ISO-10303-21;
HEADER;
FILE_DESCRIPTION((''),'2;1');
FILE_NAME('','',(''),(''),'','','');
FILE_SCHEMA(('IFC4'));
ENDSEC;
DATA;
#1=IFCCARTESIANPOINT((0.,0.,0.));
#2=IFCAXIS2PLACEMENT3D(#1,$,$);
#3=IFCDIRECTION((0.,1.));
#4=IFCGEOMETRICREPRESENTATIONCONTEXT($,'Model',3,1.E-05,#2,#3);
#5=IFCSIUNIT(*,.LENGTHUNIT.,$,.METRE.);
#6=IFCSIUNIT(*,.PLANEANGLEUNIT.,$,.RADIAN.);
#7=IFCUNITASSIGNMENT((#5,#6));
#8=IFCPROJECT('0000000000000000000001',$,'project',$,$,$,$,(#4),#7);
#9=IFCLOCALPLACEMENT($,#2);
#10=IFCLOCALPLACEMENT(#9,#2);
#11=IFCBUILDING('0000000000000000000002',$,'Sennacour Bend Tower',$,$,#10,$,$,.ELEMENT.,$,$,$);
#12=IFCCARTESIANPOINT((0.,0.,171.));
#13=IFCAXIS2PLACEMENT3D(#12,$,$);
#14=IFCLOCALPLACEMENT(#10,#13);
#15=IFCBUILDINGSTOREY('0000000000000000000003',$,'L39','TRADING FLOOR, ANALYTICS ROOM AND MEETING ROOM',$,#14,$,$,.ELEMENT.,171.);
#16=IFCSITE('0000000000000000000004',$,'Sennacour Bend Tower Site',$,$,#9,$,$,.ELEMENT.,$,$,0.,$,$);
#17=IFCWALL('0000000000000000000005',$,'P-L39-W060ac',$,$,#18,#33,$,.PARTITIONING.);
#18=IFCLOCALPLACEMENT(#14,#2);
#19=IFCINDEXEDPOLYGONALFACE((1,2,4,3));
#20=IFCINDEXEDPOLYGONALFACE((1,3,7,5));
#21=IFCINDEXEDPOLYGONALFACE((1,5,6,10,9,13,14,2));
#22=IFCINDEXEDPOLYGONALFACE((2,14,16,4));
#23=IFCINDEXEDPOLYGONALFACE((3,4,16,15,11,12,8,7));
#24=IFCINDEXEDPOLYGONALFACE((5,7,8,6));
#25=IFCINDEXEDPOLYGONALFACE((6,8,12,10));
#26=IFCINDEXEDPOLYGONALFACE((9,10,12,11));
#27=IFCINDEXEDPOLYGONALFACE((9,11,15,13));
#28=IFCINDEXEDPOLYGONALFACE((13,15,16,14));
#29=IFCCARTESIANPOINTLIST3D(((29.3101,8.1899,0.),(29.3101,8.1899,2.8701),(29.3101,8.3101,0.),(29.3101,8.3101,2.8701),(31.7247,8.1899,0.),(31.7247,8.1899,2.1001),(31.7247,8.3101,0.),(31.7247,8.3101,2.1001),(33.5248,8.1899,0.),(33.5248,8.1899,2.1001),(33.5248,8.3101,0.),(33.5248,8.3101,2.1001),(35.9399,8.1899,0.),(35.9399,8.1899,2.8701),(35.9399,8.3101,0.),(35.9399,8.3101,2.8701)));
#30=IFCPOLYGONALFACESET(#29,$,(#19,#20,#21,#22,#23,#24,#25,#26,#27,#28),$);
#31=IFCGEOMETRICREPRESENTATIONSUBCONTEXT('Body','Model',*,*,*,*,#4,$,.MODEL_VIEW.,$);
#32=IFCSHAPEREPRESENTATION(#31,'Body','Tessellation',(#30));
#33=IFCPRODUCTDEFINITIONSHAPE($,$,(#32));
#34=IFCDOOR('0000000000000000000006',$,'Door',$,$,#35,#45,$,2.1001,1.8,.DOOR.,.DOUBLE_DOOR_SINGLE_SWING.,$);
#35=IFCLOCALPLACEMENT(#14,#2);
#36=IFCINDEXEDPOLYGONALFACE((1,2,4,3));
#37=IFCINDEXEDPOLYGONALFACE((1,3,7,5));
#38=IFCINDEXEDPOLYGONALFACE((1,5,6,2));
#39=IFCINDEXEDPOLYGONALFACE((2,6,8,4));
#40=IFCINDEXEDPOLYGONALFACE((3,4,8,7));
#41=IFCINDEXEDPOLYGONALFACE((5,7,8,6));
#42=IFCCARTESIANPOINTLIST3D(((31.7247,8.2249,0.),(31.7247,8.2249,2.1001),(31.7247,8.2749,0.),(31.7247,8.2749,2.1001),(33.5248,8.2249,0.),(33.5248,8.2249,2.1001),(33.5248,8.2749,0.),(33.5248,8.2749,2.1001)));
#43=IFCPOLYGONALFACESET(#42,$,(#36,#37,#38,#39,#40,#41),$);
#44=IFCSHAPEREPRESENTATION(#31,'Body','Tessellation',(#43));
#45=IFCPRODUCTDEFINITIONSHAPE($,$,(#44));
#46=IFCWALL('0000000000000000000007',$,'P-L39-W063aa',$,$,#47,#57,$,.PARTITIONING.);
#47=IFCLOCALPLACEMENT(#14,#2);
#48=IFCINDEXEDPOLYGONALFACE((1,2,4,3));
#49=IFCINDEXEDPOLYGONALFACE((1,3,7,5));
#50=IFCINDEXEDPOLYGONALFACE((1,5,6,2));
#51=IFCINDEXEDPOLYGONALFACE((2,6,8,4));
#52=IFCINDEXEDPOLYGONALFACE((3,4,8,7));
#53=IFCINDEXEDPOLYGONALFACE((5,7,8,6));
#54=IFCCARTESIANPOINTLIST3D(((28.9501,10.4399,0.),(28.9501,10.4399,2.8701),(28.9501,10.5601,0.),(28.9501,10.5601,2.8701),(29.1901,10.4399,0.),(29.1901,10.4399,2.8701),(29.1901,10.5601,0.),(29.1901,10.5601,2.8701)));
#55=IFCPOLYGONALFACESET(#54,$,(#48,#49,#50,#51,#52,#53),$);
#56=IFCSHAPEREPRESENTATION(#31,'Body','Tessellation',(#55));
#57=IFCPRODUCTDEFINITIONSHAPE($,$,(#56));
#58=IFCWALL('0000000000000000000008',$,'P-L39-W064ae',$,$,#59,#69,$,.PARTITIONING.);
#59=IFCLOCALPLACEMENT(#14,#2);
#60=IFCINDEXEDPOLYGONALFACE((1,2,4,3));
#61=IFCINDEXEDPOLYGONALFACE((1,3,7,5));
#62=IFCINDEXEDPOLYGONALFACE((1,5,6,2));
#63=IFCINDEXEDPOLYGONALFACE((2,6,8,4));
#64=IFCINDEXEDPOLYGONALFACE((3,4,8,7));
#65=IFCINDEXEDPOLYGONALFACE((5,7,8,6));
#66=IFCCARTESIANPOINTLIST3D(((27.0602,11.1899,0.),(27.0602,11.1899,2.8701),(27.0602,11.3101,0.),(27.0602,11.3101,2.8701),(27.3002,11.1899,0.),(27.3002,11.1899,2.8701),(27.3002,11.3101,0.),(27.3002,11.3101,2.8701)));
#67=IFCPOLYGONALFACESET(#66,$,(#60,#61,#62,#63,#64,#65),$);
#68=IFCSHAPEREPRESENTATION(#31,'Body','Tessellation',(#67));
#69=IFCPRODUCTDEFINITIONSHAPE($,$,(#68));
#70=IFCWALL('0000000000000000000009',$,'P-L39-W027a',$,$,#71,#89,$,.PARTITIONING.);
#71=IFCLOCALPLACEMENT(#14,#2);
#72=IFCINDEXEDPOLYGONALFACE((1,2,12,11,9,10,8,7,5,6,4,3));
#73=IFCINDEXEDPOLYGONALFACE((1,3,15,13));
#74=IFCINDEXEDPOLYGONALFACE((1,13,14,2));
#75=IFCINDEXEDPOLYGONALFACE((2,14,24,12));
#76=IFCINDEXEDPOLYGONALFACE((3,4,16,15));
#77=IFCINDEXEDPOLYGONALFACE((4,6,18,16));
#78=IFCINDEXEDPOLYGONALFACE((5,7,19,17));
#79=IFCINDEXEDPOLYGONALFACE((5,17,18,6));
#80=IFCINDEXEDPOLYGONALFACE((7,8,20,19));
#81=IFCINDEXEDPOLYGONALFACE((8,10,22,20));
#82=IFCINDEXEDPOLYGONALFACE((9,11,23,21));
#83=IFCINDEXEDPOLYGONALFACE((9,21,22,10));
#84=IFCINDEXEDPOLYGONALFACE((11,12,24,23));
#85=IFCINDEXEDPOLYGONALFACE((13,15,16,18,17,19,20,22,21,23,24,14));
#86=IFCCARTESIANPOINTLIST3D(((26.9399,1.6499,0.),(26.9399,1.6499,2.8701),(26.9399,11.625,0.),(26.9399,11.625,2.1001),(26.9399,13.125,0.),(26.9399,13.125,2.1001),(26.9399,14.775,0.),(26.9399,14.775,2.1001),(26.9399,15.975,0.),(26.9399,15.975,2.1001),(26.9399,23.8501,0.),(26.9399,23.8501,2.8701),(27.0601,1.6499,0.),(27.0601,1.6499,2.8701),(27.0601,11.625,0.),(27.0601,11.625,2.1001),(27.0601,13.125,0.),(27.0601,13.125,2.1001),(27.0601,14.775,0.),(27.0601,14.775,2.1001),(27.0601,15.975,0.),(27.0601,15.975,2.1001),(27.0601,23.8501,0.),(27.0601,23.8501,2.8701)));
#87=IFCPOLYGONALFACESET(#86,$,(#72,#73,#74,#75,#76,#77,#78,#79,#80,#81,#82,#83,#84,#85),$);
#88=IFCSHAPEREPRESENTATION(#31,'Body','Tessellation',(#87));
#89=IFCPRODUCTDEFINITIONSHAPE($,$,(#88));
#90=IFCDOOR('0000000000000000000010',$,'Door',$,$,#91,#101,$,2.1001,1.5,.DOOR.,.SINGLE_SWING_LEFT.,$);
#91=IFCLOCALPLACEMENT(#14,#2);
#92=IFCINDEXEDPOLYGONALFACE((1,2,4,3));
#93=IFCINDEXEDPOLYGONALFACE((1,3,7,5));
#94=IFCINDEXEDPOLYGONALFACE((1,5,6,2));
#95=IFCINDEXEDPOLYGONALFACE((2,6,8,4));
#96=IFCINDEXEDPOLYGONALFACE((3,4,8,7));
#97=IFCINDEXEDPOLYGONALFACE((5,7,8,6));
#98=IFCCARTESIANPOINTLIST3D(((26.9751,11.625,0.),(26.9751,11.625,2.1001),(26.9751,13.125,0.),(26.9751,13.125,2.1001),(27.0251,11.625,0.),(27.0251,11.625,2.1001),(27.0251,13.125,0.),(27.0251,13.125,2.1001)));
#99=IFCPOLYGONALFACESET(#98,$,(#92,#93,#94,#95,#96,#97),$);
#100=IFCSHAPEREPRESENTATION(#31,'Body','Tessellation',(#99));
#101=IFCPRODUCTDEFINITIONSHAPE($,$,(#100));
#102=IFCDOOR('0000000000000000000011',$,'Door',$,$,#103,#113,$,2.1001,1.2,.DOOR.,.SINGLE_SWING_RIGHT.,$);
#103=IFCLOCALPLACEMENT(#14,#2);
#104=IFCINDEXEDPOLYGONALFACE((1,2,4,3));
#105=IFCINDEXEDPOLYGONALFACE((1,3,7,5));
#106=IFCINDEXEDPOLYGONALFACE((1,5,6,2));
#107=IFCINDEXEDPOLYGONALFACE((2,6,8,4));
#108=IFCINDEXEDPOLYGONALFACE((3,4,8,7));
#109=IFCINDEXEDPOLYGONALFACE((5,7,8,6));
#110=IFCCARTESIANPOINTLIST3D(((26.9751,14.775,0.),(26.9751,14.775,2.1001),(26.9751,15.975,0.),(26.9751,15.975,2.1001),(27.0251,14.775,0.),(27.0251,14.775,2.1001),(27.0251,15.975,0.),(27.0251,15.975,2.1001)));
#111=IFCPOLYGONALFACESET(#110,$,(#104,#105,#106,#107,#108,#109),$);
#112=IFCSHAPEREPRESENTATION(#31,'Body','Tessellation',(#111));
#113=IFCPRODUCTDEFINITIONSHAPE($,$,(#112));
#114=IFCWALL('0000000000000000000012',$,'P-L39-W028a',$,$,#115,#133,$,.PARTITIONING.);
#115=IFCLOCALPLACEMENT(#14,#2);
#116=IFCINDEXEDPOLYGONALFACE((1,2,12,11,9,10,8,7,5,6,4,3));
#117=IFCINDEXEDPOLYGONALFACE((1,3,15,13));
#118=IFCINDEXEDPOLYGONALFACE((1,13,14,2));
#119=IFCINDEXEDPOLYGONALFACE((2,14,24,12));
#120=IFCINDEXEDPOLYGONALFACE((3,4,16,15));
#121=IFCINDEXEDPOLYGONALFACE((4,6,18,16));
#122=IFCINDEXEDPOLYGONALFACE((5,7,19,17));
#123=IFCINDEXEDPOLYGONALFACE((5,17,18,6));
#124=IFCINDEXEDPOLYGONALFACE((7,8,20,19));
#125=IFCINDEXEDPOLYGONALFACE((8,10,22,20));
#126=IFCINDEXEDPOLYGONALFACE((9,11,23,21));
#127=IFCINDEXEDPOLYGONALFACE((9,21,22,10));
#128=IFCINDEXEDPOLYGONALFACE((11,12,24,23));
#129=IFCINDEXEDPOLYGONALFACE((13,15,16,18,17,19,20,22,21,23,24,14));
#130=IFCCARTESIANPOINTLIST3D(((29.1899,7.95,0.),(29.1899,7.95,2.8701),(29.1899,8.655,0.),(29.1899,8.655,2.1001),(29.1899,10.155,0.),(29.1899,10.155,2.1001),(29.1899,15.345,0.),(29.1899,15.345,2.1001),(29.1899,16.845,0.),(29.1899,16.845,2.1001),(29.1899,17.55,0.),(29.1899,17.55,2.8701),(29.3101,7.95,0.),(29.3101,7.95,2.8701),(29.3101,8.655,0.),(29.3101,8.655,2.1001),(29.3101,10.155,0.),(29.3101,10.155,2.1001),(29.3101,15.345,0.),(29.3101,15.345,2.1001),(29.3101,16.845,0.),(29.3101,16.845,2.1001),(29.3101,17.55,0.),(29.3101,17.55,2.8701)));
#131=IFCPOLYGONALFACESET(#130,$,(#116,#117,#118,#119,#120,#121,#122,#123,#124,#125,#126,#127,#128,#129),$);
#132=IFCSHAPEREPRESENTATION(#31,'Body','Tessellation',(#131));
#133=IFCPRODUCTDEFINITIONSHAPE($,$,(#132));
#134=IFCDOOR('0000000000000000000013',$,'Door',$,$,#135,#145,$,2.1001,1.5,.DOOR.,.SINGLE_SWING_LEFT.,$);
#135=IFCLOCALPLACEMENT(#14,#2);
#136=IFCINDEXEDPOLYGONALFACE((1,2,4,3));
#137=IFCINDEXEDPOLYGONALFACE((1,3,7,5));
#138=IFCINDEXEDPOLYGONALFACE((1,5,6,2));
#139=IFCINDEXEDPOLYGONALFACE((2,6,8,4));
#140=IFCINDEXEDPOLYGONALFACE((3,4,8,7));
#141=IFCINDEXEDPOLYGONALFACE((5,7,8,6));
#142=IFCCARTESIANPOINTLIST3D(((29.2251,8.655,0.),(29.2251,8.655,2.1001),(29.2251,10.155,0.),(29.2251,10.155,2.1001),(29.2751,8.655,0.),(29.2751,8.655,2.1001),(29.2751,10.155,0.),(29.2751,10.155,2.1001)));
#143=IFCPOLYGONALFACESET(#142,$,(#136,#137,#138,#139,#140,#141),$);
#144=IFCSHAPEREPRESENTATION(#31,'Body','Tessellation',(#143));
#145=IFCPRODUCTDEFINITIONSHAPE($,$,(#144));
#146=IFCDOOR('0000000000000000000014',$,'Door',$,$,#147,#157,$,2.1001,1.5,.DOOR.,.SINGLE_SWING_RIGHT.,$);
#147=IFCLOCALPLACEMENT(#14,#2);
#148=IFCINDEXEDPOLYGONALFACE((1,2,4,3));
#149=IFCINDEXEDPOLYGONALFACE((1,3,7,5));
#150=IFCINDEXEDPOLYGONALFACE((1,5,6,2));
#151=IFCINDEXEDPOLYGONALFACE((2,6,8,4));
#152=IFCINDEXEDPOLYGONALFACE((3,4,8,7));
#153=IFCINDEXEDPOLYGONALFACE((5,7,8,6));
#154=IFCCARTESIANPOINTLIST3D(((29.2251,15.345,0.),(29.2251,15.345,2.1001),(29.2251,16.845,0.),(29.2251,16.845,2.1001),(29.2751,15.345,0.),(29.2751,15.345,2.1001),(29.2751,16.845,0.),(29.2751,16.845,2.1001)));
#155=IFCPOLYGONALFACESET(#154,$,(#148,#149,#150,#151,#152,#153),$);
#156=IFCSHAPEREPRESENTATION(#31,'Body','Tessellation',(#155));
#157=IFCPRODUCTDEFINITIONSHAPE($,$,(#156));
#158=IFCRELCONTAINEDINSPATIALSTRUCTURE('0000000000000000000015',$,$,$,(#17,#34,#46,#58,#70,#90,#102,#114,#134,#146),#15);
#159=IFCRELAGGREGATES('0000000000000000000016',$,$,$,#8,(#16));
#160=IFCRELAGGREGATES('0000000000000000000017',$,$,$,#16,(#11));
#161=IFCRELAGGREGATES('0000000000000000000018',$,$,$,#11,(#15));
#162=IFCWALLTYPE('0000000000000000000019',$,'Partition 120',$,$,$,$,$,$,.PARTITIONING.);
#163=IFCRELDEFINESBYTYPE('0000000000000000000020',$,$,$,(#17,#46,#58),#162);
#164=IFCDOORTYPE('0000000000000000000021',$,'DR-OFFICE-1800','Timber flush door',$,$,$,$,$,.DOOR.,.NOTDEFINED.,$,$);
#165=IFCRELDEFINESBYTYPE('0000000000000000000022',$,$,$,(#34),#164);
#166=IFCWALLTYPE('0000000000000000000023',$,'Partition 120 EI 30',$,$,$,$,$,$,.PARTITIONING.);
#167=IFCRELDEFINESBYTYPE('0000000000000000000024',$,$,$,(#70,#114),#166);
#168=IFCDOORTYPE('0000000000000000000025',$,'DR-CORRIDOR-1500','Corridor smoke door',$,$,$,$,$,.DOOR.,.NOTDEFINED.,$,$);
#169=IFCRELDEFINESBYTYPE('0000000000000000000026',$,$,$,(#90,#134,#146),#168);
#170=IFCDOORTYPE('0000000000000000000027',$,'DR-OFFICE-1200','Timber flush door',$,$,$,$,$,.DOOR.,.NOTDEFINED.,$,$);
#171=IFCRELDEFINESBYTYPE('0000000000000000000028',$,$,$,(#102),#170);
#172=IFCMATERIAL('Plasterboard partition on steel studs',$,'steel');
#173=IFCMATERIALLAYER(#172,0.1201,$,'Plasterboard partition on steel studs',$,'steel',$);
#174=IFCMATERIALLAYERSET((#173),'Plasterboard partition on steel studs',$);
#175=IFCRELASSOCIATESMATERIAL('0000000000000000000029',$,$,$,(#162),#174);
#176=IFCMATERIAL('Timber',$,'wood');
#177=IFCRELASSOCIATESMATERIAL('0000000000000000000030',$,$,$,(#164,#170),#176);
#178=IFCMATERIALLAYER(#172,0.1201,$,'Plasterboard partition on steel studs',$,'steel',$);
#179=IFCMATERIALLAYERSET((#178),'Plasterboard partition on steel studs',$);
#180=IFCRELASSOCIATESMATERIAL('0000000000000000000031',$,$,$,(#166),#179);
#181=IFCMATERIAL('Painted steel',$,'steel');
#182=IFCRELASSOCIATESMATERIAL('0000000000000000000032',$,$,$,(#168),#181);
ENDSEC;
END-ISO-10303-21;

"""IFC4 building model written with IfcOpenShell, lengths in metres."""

from ifc_helpers import new_model, si_unit, direction, frame, frame_2d, origin, place, context, subcontext, project, spatial, rectangle, extrude, material, layer, layer_set, type_object, element, fill, save


model = new_model("IFC4")

# Units and contexts
model_context = context("Model", 3, precision=1e-05, world=origin(), true_north=direction((0.0, 1.0)))
body_context = subcontext(model_context, "Body", "Model", "MODEL_VIEW")
ifc_project = project(units=[si_unit("LENGTHUNIT", "METRE"), si_unit("PLANEANGLEUNIT", "RADIAN")], contexts=[model_context])

# Site, building, storey
site_placement = place(None, origin())
site = spatial("IfcSite", under=ifc_project, at=site_placement, Name="Sennacour Bend Tower Site", CompositionType="ELEMENT", RefElevation=0.0)
building_placement = place(site_placement, origin())
building = spatial("IfcBuilding", under=site, at=building_placement, Name="Sennacour Bend Tower", CompositionType="ELEMENT")
storey_placement = place(building_placement, frame((0.0, 0.0, 171.0)))
storey = spatial("IfcBuildingStorey", under=building, at=storey_placement, Name="L39", Description="TRADING FLOOR, ANALYTICS ROOM AND MEETING ROOM", CompositionType="ELEMENT", Elevation=171.0)

# Shared definitions
ifc_material_1 = material(Name="Plasterboard partition on steel studs", Category="steel")
ifc_layer_1 = layer(ifc_material_1, 0.1201, Name="Plasterboard partition on steel studs", Category="steel")
ifc_layer_set_1 = layer_set([ifc_layer_1], Name="Plasterboard partition on steel studs")
wall_type_1 = type_object("IfcWallType", Name="Partition 120", PredefinedType="PARTITIONING", material=ifc_layer_set_1)

# Wall, opening, door
wall_1_placement = place(storey_placement, frame((29.3101, 8.25, 0.0), z_axis=(0.0, 0.0, 1.0), x_axis=(1.0, 0.0, 0.0)))
wall_1 = element("IfcWall", 1, at=wall_1_placement, inside=storey, type_object=wall_type_1, Name="P-L39-W060ac", PredefinedType="PARTITIONING", context=body_context, shape_type="SweptSolid", body=[
    extrude(rectangle(XDim=6.6299, YDim=0.1201, at=frame_2d((3.3149, 0.0))), origin(), (0.0, 0.0, 1.0), 2.8701),
])
opening_1_placement = place(wall_1_placement, frame((2.4148, 0.0, 0.0)))
opening_1 = element("IfcOpeningElement", 2, at=opening_1_placement, cuts=wall_1, PredefinedType="OPENING", context=body_context, shape_type="SweptSolid", body=[
    extrude(rectangle(XDim=1.8, YDim=2.1001, at=frame_2d((0.8999, 1.05))), frame((0.0, 0.0701, 0.0), z_axis=(0.0, -1.0, 0.0), x_axis=(1.0, 0.0, 0.0)), (0.0, 0.0, 1.0), 0.1401),
])
ifc_material_2 = material(Name="Timber", Category="wood")
door_type_1 = type_object("IfcDoorType", Name="DR-OFFICE-1800", Description="Timber flush door", OperationType="NOTDEFINED", PredefinedType="DOOR", material=ifc_material_2)
door_1_placement = place(opening_1_placement, origin())
door_1 = element("IfcDoor", 3, at=door_1_placement, inside=storey, type_object=door_type_1, Name="Door", OperationType="DOUBLE_DOOR_SINGLE_SWING", OverallHeight=2.1001, OverallWidth=1.8, PredefinedType="DOOR", context=body_context, shape_type="SweptSolid", body=[
    extrude(rectangle(XDim=1.8, YDim=2.1001, at=frame_2d((0.8999, 1.05))), frame((0.0, 0.0249, 0.0), z_axis=(0.0, -1.0, 0.0), x_axis=(1.0, 0.0, 0.0)), (0.0, 0.0, 1.0), 0.05),
])
fill(opening_1, door_1)

# Walls
for number, where, z_axis, x_axis, name in (
    (4, (28.95, 10.5, 0.0), (0.0, 0.0, 1.0), (1.0, 0.0, 0.0), "P-L39-W063aa"),
    (5, (27.0601, 11.25, 0.0), (0.0, 0.0, 1.0), (1.0, 0.0, 0.0), "P-L39-W064ae"),
):
    element("IfcWall", number, at=place(storey_placement, frame(where, z_axis=z_axis, x_axis=x_axis)), inside=storey, type_object=wall_type_1, Name=name, PredefinedType="PARTITIONING", context=body_context, shape_type="SweptSolid", body=[
        extrude(rectangle(XDim=0.24, YDim=0.1201, at=frame_2d((0.1201, 0.0))), origin(), (0.0, 0.0, 1.0), 2.8701),
    ])

# Walls, openings, doors
ifc_layer_2 = layer(ifc_material_1, 0.1201, Name="Plasterboard partition on steel studs", Category="steel")
ifc_layer_set_2 = layer_set([ifc_layer_2], Name="Plasterboard partition on steel studs")
wall_type_2 = type_object("IfcWallType", Name="Partition 120 EI 30", PredefinedType="PARTITIONING", material=ifc_layer_set_2)
wall_2_placement = place(storey_placement, frame((27.0, 1.6499, 0.0), z_axis=(0.0, 0.0, 1.0), x_axis=(0.0, 1.0, 0.0)))
wall_2 = element("IfcWall", 6, at=wall_2_placement, inside=storey, type_object=wall_type_2, Name="P-L39-W027a", PredefinedType="PARTITIONING", context=body_context, shape_type="SweptSolid", body=[
    extrude(rectangle(XDim=22.2002, YDim=0.1201, at=frame_2d((11.1001, 0.0))), origin(), (0.0, 0.0, 1.0), 2.8701),
])
opening_2_placement = place(wall_2_placement, frame((9.9751, 0.0, 0.0)))
opening_2 = element("IfcOpeningElement", 7, at=opening_2_placement, cuts=wall_2, PredefinedType="OPENING", context=body_context, shape_type="SweptSolid", body=[
    extrude(rectangle(XDim=1.5, YDim=2.1001, at=frame_2d((0.75, 1.05))), frame((0.0, 0.0701, 0.0), z_axis=(0.0, -1.0, 0.0), x_axis=(1.0, 0.0, 0.0)), (0.0, 0.0, 1.0), 0.1401),
])
opening_3_placement = place(wall_2_placement, frame((13.125, 0.0, 0.0)))
opening_3 = element("IfcOpeningElement", 8, at=opening_3_placement, cuts=wall_2, PredefinedType="OPENING", context=body_context, shape_type="SweptSolid", body=[
    extrude(rectangle(XDim=1.2, YDim=2.1001, at=frame_2d((0.6001, 1.05))), frame((0.0, 0.0701, 0.0), z_axis=(0.0, -1.0, 0.0), x_axis=(1.0, 0.0, 0.0)), (0.0, 0.0, 1.0), 0.1401),
])
ifc_material_3 = material(Name="Painted steel", Category="steel")
door_type_2 = type_object("IfcDoorType", Name="DR-CORRIDOR-1500", Description="Corridor smoke door", OperationType="NOTDEFINED", PredefinedType="DOOR", material=ifc_material_3)
door_2_placement = place(opening_2_placement, origin())
door_2 = element("IfcDoor", 9, at=door_2_placement, inside=storey, type_object=door_type_2, Name="Door", OperationType="SINGLE_SWING_LEFT", OverallHeight=2.1001, OverallWidth=1.5, PredefinedType="DOOR", context=body_context, shape_type="SweptSolid", body=[
    extrude(rectangle(XDim=1.5, YDim=2.1001, at=frame_2d((0.75, 1.05))), frame((0.0, 0.0249, 0.0), z_axis=(0.0, -1.0, 0.0), x_axis=(1.0, 0.0, 0.0)), (0.0, 0.0, 1.0), 0.05),
])
fill(opening_2, door_2)
door_type_3 = type_object("IfcDoorType", Name="DR-OFFICE-1200", Description="Timber flush door", OperationType="NOTDEFINED", PredefinedType="DOOR", material=ifc_material_2)
door_3_placement = place(opening_3_placement, origin())
door_3 = element("IfcDoor", 10, at=door_3_placement, inside=storey, type_object=door_type_3, Name="Door", OperationType="SINGLE_SWING_RIGHT", OverallHeight=2.1001, OverallWidth=1.2, PredefinedType="DOOR", context=body_context, shape_type="SweptSolid", body=[
    extrude(rectangle(XDim=1.2, YDim=2.1001, at=frame_2d((0.6001, 1.05))), frame((0.0, 0.0249, 0.0), z_axis=(0.0, -1.0, 0.0), x_axis=(1.0, 0.0, 0.0)), (0.0, 0.0, 1.0), 0.05),
])
fill(opening_3, door_3)
wall_3_placement = place(storey_placement, frame((29.25, 7.95, 0.0), z_axis=(0.0, 0.0, 1.0), x_axis=(0.0, 1.0, 0.0)))
wall_3 = element("IfcWall", 11, at=wall_3_placement, inside=storey, type_object=wall_type_2, Name="P-L39-W028a", PredefinedType="PARTITIONING", context=body_context, shape_type="SweptSolid", body=[
    extrude(rectangle(XDim=9.6001, YDim=0.1201, at=frame_2d((4.8, 0.0))), origin(), (0.0, 0.0, 1.0), 2.8701),
])
opening_4_placement = place(wall_3_placement, frame((0.7051, 0.0, 0.0)))
opening_4 = element("IfcOpeningElement", 12, at=opening_4_placement, cuts=wall_3, PredefinedType="OPENING", context=body_context, shape_type="SweptSolid", body=[
    extrude(rectangle(XDim=1.5, YDim=2.1001, at=frame_2d((0.75, 1.05))), frame((0.0, 0.0701, 0.0), z_axis=(0.0, -1.0, 0.0), x_axis=(1.0, 0.0, 0.0)), (0.0, 0.0, 1.0), 0.1401),
])
opening_5_placement = place(wall_3_placement, frame((7.395, 0.0, 0.0)))
opening_5 = element("IfcOpeningElement", 13, at=opening_5_placement, cuts=wall_3, PredefinedType="OPENING", context=body_context, shape_type="SweptSolid", body=[
    extrude(rectangle(XDim=1.5, YDim=2.1001, at=frame_2d((0.75, 1.05))), frame((0.0, 0.0701, 0.0), z_axis=(0.0, -1.0, 0.0), x_axis=(1.0, 0.0, 0.0)), (0.0, 0.0, 1.0), 0.1401),
])
door_4_placement = place(opening_4_placement, origin())
door_4 = element("IfcDoor", 14, at=door_4_placement, inside=storey, type_object=door_type_2, Name="Door", OperationType="SINGLE_SWING_LEFT", OverallHeight=2.1001, OverallWidth=1.5, PredefinedType="DOOR", context=body_context, shape_type="SweptSolid", body=[
    extrude(rectangle(XDim=1.5, YDim=2.1001, at=frame_2d((0.75, 1.05))), frame((0.0, 0.0249, 0.0), z_axis=(0.0, -1.0, 0.0), x_axis=(1.0, 0.0, 0.0)), (0.0, 0.0, 1.0), 0.05),
])
fill(opening_4, door_4)
door_5_placement = place(opening_5_placement, origin())
door_5 = element("IfcDoor", 15, at=door_5_placement, inside=storey, type_object=door_type_2, Name="Door", OperationType="SINGLE_SWING_RIGHT", OverallHeight=2.1001, OverallWidth=1.5, PredefinedType="DOOR", context=body_context, shape_type="SweptSolid", body=[
    extrude(rectangle(XDim=1.5, YDim=2.1001, at=frame_2d((0.75, 1.05))), frame((0.0, 0.0249, 0.0), z_axis=(0.0, -1.0, 0.0), x_axis=(1.0, 0.0, 0.0)), (0.0, 0.0, 1.0), 0.05),
])
fill(opening_5, door_5)

save(model, "model.ifc")
